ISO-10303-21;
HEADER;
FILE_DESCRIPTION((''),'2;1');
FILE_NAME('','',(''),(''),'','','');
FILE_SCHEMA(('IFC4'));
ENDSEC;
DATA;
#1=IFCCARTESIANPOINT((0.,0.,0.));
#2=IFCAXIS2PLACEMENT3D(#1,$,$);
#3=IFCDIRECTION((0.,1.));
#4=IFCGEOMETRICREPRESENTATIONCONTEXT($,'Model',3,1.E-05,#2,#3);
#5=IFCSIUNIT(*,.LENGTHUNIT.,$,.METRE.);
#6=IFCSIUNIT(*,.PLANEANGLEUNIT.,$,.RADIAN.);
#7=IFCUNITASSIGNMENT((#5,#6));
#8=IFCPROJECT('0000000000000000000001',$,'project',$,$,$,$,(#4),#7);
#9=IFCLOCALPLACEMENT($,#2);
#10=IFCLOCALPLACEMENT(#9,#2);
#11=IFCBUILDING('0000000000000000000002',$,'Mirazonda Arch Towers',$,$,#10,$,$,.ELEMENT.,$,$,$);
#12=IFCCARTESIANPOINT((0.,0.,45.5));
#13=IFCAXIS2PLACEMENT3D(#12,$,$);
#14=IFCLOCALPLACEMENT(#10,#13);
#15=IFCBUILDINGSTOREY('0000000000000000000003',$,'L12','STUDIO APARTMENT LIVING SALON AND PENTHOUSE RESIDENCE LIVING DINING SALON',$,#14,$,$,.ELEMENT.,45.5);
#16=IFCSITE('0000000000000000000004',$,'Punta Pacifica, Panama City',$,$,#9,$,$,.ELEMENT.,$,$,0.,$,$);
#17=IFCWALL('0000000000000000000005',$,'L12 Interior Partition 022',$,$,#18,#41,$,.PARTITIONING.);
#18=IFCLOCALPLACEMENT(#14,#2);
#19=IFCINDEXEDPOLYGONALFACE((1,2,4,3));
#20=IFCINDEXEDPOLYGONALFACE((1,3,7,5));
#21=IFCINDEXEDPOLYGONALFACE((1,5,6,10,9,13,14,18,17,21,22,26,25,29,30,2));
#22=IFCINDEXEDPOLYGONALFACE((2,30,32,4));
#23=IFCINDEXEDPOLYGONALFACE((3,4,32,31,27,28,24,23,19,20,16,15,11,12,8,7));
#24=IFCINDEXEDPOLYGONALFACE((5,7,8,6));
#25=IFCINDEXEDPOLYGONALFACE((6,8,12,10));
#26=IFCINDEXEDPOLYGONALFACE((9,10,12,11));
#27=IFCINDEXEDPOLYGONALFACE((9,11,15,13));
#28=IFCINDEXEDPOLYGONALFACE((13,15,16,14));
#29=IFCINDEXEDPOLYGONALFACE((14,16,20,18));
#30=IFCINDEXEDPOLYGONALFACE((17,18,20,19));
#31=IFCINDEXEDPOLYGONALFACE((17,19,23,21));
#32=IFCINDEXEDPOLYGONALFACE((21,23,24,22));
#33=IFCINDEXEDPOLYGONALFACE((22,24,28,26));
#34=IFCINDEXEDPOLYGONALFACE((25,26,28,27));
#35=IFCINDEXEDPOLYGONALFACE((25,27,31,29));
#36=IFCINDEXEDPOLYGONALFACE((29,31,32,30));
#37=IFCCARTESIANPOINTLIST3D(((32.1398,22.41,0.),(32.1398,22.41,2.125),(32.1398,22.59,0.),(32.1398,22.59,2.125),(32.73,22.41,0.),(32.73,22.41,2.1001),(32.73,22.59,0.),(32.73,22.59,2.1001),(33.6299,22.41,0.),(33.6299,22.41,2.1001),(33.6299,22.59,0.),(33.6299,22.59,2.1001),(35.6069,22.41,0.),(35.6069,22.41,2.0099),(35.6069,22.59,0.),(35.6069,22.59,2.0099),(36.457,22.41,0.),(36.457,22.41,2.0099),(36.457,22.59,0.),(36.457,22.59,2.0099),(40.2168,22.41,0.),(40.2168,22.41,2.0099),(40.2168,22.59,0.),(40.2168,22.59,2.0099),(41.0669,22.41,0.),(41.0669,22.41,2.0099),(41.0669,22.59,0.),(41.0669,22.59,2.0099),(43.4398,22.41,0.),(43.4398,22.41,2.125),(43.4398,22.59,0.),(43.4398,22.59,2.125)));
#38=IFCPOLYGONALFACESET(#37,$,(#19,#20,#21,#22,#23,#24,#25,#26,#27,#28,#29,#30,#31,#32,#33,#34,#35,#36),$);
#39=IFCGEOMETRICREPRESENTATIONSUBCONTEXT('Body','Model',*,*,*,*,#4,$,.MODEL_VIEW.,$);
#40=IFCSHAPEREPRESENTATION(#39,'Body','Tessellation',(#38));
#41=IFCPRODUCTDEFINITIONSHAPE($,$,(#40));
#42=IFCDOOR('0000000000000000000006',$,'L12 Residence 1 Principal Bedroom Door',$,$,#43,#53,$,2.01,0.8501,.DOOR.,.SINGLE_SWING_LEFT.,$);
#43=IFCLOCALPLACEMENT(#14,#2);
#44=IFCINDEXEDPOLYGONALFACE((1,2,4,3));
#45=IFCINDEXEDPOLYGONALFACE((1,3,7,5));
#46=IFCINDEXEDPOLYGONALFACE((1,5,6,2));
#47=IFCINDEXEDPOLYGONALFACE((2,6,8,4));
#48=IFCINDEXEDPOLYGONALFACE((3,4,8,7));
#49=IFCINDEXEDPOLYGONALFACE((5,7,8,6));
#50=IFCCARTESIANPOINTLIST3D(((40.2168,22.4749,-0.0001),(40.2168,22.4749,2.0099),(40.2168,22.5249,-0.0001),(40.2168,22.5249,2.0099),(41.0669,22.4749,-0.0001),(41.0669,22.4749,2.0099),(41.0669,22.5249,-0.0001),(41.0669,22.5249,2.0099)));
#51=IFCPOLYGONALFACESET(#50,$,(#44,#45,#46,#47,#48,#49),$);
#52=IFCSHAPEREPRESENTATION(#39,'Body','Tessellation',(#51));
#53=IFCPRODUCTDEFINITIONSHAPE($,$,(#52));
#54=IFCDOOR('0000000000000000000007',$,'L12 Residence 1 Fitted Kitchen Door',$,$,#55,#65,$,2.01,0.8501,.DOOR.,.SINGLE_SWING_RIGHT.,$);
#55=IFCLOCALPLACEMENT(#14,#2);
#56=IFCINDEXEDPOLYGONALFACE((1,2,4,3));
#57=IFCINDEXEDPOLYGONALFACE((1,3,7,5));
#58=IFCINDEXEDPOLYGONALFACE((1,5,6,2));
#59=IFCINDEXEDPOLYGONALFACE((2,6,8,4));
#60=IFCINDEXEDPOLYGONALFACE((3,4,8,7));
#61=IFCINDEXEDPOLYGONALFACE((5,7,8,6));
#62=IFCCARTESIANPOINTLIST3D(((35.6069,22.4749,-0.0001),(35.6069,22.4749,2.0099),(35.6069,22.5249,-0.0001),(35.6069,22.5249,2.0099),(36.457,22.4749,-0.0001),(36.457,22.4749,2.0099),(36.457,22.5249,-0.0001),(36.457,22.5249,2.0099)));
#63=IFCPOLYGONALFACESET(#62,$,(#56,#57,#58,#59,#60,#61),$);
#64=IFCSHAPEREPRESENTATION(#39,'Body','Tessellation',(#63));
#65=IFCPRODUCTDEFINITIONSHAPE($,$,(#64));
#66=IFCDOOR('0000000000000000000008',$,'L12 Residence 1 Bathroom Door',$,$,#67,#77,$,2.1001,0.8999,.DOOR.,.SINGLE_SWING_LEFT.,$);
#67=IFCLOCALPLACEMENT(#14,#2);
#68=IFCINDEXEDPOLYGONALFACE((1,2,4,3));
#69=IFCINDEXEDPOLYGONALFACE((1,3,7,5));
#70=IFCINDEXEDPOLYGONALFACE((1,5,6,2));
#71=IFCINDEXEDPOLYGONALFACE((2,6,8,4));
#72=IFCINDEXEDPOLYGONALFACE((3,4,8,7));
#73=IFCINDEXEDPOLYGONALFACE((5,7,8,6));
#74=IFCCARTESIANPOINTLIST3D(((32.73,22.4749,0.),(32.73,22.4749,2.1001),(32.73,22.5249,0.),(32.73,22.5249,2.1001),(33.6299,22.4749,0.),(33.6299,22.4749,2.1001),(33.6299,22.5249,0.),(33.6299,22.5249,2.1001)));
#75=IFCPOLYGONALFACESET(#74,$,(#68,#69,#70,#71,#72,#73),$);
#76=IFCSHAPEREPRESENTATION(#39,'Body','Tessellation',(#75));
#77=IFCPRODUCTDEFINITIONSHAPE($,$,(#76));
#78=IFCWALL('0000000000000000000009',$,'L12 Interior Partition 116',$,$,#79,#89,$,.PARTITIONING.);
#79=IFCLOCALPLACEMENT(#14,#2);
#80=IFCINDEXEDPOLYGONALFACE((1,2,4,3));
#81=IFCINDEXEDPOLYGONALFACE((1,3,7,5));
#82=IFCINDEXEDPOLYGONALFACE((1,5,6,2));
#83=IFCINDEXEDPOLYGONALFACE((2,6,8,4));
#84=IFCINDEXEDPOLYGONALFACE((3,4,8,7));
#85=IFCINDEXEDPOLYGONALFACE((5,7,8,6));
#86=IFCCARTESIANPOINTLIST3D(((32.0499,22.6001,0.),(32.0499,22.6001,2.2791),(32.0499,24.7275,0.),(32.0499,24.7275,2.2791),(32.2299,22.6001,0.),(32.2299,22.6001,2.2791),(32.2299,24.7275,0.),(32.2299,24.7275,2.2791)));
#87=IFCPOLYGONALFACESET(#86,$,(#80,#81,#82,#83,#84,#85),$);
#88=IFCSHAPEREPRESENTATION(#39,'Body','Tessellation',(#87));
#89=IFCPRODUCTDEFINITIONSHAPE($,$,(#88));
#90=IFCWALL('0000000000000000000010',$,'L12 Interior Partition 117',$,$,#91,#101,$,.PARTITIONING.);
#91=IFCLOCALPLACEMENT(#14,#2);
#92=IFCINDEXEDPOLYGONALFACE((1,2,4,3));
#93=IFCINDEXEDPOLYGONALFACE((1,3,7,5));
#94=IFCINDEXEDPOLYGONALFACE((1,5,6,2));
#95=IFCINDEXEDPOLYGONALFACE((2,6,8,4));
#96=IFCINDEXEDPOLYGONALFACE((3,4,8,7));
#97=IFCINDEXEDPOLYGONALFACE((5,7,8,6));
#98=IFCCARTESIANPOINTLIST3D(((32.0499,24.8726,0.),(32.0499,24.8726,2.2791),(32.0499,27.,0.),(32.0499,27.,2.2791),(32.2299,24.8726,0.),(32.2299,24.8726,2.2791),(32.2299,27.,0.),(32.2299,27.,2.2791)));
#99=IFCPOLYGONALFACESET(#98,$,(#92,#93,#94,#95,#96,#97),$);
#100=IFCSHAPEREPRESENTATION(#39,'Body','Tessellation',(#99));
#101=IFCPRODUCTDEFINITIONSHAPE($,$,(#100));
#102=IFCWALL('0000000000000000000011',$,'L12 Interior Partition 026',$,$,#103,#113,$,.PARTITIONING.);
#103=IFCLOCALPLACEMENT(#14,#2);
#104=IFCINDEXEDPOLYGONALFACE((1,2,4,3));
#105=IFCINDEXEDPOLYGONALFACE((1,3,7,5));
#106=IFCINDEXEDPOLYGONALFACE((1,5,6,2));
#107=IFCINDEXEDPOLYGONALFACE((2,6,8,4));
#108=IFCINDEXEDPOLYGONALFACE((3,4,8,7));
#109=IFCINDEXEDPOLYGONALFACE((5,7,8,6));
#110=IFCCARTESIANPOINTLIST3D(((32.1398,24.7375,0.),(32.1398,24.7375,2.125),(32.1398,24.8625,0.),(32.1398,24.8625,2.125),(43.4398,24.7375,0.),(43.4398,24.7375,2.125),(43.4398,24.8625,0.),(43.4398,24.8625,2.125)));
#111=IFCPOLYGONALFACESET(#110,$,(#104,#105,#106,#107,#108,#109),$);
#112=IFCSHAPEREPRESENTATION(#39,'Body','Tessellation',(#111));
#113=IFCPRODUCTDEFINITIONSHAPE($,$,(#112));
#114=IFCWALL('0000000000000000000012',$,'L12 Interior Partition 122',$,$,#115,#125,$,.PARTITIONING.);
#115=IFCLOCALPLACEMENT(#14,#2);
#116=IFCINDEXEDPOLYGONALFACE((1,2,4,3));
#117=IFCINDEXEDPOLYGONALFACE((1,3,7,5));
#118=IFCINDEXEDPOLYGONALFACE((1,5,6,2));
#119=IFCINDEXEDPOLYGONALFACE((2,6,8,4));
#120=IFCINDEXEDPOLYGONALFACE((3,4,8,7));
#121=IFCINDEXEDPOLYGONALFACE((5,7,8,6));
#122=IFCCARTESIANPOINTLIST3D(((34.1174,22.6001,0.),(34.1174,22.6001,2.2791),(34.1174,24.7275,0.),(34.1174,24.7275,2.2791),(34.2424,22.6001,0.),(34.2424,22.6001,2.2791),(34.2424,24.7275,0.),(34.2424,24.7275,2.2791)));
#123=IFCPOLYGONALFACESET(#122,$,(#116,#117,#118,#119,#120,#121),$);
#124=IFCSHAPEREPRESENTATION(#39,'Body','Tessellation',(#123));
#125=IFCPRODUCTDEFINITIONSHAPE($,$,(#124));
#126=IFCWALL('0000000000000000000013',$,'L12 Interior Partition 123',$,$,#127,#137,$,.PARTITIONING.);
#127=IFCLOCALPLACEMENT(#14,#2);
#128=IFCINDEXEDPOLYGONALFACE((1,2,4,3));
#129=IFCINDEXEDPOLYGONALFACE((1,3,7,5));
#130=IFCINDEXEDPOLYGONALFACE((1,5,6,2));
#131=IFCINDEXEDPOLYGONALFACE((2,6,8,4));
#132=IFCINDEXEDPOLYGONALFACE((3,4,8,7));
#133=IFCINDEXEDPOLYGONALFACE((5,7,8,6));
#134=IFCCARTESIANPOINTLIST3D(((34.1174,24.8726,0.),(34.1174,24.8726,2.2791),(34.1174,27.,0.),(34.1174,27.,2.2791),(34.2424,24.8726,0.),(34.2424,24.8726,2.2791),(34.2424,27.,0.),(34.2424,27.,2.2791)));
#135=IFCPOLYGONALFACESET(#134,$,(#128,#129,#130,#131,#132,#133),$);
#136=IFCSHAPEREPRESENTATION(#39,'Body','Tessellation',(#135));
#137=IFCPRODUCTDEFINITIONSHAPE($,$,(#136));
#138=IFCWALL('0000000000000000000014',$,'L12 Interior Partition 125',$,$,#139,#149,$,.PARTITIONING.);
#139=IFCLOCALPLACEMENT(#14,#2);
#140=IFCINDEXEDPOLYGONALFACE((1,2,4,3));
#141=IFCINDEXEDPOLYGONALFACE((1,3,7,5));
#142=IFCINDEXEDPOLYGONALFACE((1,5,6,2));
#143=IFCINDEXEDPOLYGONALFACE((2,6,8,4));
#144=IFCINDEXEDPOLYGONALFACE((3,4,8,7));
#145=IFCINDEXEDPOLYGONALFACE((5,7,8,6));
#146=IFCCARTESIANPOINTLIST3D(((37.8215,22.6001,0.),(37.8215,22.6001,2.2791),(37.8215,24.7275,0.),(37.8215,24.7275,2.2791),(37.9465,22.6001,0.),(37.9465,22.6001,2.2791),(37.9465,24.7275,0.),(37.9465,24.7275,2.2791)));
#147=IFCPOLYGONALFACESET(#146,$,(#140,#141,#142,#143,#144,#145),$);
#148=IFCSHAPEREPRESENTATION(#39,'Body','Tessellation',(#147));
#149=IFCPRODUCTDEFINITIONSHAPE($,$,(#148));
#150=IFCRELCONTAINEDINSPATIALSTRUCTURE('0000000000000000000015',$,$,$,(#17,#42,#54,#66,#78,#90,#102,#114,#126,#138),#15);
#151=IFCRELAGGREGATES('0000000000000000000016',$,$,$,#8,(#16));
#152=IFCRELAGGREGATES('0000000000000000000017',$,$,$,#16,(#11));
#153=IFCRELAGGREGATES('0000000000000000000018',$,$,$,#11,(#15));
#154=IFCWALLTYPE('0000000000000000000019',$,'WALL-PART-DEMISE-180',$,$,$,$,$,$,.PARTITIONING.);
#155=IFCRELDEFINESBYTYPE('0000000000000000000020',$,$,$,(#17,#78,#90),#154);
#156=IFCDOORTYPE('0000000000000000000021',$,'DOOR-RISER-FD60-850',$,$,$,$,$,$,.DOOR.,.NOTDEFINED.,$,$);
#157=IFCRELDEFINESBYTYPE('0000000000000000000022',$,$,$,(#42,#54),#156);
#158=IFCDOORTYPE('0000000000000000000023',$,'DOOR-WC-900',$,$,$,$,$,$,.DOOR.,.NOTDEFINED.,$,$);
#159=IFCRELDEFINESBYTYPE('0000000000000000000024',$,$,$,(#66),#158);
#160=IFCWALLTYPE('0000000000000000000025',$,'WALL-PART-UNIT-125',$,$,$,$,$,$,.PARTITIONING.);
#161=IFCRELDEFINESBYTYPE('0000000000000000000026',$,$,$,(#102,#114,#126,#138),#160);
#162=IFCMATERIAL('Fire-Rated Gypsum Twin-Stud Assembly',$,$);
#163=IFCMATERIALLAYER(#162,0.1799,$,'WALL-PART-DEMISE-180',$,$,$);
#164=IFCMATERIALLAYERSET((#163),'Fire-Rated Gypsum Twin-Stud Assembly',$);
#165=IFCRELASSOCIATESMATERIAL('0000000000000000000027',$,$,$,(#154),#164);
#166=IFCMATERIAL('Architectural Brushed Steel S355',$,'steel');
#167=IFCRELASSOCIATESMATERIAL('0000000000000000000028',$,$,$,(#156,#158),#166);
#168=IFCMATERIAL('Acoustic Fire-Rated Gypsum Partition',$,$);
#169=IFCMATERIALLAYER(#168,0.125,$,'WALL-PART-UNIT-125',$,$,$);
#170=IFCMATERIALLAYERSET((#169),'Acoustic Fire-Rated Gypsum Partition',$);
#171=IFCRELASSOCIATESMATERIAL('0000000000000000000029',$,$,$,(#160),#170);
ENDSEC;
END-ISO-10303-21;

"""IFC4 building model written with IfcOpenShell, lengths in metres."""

from ifc_helpers import new_model, si_unit, direction, frame, frame_2d, origin, place, context, subcontext, project, spatial, rectangle, extrude, material, layer, layer_set, type_object, element, fill, save


model = new_model("IFC4")

# Units and contexts
model_context = context("Model", 3, precision=1e-05, world=origin(), true_north=direction((0.0, 1.0)))
body_context = subcontext(model_context, "Body", "Model", "MODEL_VIEW")
ifc_project = project(units=[si_unit("LENGTHUNIT", "METRE"), si_unit("PLANEANGLEUNIT", "RADIAN")], contexts=[model_context])

# Site, building, storey
site_placement = place(None, origin())
site = spatial("IfcSite", under=ifc_project, at=site_placement, Name="Punta Pacifica, Panama City", CompositionType="ELEMENT", RefElevation=0.0)
building_placement = place(site_placement, origin())
building = spatial("IfcBuilding", under=site, at=building_placement, Name="Mirazonda Arch Towers", CompositionType="ELEMENT")
storey_placement = place(building_placement, frame((0.0, 0.0, 45.5)))
storey = spatial("IfcBuildingStorey", under=building, at=storey_placement, Name="L12", Description="STUDIO APARTMENT LIVING SALON AND PENTHOUSE RESIDENCE LIVING DINING SALON", CompositionType="ELEMENT", Elevation=45.5)

# Wall, openings, doors
ifc_material_1 = material(Name="Fire-Rated Gypsum Twin-Stud Assembly")
ifc_layer_1 = layer(ifc_material_1, 0.1799, Name="WALL-PART-DEMISE-180")
ifc_layer_set_1 = layer_set([ifc_layer_1], Name="Fire-Rated Gypsum Twin-Stud Assembly")
wall_type_1 = type_object("IfcWallType", Name="WALL-PART-DEMISE-180", PredefinedType="PARTITIONING", material=ifc_layer_set_1)
wall_1_placement = place(storey_placement, frame((32.1399, 22.5, 0.0), z_axis=(0.0, 0.0, 1.0), x_axis=(1.0, 0.0, 0.0)))
wall_1 = element("IfcWall", 1, at=wall_1_placement, inside=storey, type_object=wall_type_1, Name="L12 Interior Partition 022", PredefinedType="PARTITIONING", context=body_context, shape_type="SweptSolid", body=[
    extrude(rectangle(XDim=11.3, YDim=0.1799, at=frame_2d((5.6499, 0.0))), origin(), (0.0, 0.0, 1.0), 2.125),
])
opening_1_placement = place(wall_1_placement, frame((8.0769, 0.0, 0.0)))
opening_1 = element("IfcOpeningElement", 2, at=opening_1_placement, cuts=wall_1, PredefinedType="OPENING", context=body_context, shape_type="SweptSolid", body=[
    extrude(rectangle(XDim=0.8501, YDim=2.01, at=frame_2d((0.425, 1.0049))), frame((0.0, 0.0999, 0.0), z_axis=(0.0, -1.0, 0.0), x_axis=(1.0, 0.0, 0.0)), (0.0, 0.0, 1.0), 0.2),
])
opening_2_placement = place(wall_1_placement, frame((3.467, 0.0, 0.0)))
opening_2 = element("IfcOpeningElement", 3, at=opening_2_placement, cuts=wall_1, PredefinedType="OPENING", context=body_context, shape_type="SweptSolid", body=[
    extrude(rectangle(XDim=0.8501, YDim=2.01, at=frame_2d((0.425, 1.0049))), frame((0.0, 0.0999, 0.0), z_axis=(0.0, -1.0, 0.0), x_axis=(1.0, 0.0, 0.0)), (0.0, 0.0, 1.0), 0.2),
])
opening_3_placement = place(wall_1_placement, frame((0.5901, 0.0, 0.0)))
opening_3 = element("IfcOpeningElement", 4, at=opening_3_placement, cuts=wall_1, PredefinedType="OPENING", context=body_context, shape_type="SweptSolid", body=[
    extrude(rectangle(XDim=0.8999, YDim=2.1001, at=frame_2d((0.45, 1.05))), frame((0.0, 0.0999, 0.0), z_axis=(0.0, -1.0, 0.0), x_axis=(1.0, 0.0, 0.0)), (0.0, 0.0, 1.0), 0.2),
])
ifc_material_2 = material(Name="Architectural Brushed Steel S355", Category="steel")
door_type_1 = type_object("IfcDoorType", Name="DOOR-RISER-FD60-850", OperationType="NOTDEFINED", PredefinedType="DOOR", material=ifc_material_2)
door_1_placement = place(opening_1_placement, origin())
door_1 = element("IfcDoor", 5, at=door_1_placement, inside=storey, type_object=door_type_1, Name="L12 Residence 1 Principal Bedroom Door", OperationType="SINGLE_SWING_LEFT", OverallHeight=2.01, OverallWidth=0.8501, PredefinedType="DOOR", context=body_context, shape_type="SweptSolid", body=[
    extrude(rectangle(XDim=0.8501, YDim=2.01, at=frame_2d((0.425, 1.0049))), frame((0.0, 0.0249, 0.0), z_axis=(0.0, -1.0, 0.0), x_axis=(1.0, 0.0, 0.0)), (0.0, 0.0, 1.0), 0.05),
])
fill(opening_1, door_1)
door_2_placement = place(opening_2_placement, origin())
door_2 = element("IfcDoor", 6, at=door_2_placement, inside=storey, type_object=door_type_1, Name="L12 Residence 1 Fitted Kitchen Door", OperationType="SINGLE_SWING_RIGHT", OverallHeight=2.01, OverallWidth=0.8501, PredefinedType="DOOR", context=body_context, shape_type="SweptSolid", body=[
    extrude(rectangle(XDim=0.8501, YDim=2.01, at=frame_2d((0.425, 1.0049))), frame((0.0, 0.0249, 0.0), z_axis=(0.0, -1.0, 0.0), x_axis=(1.0, 0.0, 0.0)), (0.0, 0.0, 1.0), 0.05),
])
fill(opening_2, door_2)
door_type_2 = type_object("IfcDoorType", Name="DOOR-WC-900", OperationType="NOTDEFINED", PredefinedType="DOOR", material=ifc_material_2)
door_3_placement = place(opening_3_placement, origin())
door_3 = element("IfcDoor", 7, at=door_3_placement, inside=storey, type_object=door_type_2, Name="L12 Residence 1 Bathroom Door", OperationType="SINGLE_SWING_LEFT", OverallHeight=2.1001, OverallWidth=0.8999, PredefinedType="DOOR", context=body_context, shape_type="SweptSolid", body=[
    extrude(rectangle(XDim=0.8999, YDim=2.1001, at=frame_2d((0.45, 1.05))), frame((0.0, 0.0249, 0.0), z_axis=(0.0, -1.0, 0.0), x_axis=(1.0, 0.0, 0.0)), (0.0, 0.0, 1.0), 0.05),
])
fill(opening_3, door_3)

# Walls
for number, where, z_axis, x_axis, name in (
    (8, (32.1399, 22.6001, 0.0), (0.0, 0.0, 1.0), (0.0, 1.0, 0.0), "L12 Interior Partition 116"),
    (9, (32.1399, 24.8726, 0.0), (0.0, 0.0, 1.0), (0.0, 1.0, 0.0), "L12 Interior Partition 117"),
):
    element("IfcWall", number, at=place(storey_placement, frame(where, z_axis=z_axis, x_axis=x_axis)), inside=storey, type_object=wall_type_1, Name=name, PredefinedType="PARTITIONING", context=body_context, shape_type="SweptSolid", body=[
        extrude(rectangle(XDim=2.1274, YDim=0.1799, at=frame_2d((1.0637, 0.0))), origin(), (0.0, 0.0, 1.0), 2.2791),
    ])
ifc_material_3 = material(Name="Acoustic Fire-Rated Gypsum Partition")
ifc_layer_2 = layer(ifc_material_3, 0.125, Name="WALL-PART-UNIT-125")
ifc_layer_set_2 = layer_set([ifc_layer_2], Name="Acoustic Fire-Rated Gypsum Partition")
wall_type_2 = type_object("IfcWallType", Name="WALL-PART-UNIT-125", PredefinedType="PARTITIONING", material=ifc_layer_set_2)
wall_2_placement = place(storey_placement, frame((32.1399, 24.8, 0.0), z_axis=(0.0, 0.0, 1.0), x_axis=(1.0, 0.0, 0.0)))
element("IfcWall", 10, at=wall_2_placement, inside=storey, type_object=wall_type_2, Name="L12 Interior Partition 026", PredefinedType="PARTITIONING", context=body_context, shape_type="SweptSolid", body=[
    extrude(rectangle(XDim=11.3, YDim=0.125, at=frame_2d((5.6499, 0.0))), origin(), (0.0, 0.0, 1.0), 2.125),
])
for number, where, z_axis, x_axis, name in (
    (11, (34.1799, 22.6001, 0.0), (0.0, 0.0, 1.0), (0.0, 1.0, 0.0), "L12 Interior Partition 122"),
    (12, (34.1799, 24.8726, 0.0), (0.0, 0.0, 1.0), (0.0, 1.0, 0.0), "L12 Interior Partition 123"),
    (13, (37.884, 22.6001, 0.0), (0.0, 0.0, 1.0), (0.0, 1.0, 0.0), "L12 Interior Partition 125"),
):
    element("IfcWall", number, at=place(storey_placement, frame(where, z_axis=z_axis, x_axis=x_axis)), inside=storey, type_object=wall_type_2, Name=name, PredefinedType="PARTITIONING", context=body_context, shape_type="SweptSolid", body=[
        extrude(rectangle(XDim=2.1274, YDim=0.125, at=frame_2d((1.0637, 0.0))), origin(), (0.0, 0.0, 1.0), 2.2791),
    ])

save(model, "model.ifc")
